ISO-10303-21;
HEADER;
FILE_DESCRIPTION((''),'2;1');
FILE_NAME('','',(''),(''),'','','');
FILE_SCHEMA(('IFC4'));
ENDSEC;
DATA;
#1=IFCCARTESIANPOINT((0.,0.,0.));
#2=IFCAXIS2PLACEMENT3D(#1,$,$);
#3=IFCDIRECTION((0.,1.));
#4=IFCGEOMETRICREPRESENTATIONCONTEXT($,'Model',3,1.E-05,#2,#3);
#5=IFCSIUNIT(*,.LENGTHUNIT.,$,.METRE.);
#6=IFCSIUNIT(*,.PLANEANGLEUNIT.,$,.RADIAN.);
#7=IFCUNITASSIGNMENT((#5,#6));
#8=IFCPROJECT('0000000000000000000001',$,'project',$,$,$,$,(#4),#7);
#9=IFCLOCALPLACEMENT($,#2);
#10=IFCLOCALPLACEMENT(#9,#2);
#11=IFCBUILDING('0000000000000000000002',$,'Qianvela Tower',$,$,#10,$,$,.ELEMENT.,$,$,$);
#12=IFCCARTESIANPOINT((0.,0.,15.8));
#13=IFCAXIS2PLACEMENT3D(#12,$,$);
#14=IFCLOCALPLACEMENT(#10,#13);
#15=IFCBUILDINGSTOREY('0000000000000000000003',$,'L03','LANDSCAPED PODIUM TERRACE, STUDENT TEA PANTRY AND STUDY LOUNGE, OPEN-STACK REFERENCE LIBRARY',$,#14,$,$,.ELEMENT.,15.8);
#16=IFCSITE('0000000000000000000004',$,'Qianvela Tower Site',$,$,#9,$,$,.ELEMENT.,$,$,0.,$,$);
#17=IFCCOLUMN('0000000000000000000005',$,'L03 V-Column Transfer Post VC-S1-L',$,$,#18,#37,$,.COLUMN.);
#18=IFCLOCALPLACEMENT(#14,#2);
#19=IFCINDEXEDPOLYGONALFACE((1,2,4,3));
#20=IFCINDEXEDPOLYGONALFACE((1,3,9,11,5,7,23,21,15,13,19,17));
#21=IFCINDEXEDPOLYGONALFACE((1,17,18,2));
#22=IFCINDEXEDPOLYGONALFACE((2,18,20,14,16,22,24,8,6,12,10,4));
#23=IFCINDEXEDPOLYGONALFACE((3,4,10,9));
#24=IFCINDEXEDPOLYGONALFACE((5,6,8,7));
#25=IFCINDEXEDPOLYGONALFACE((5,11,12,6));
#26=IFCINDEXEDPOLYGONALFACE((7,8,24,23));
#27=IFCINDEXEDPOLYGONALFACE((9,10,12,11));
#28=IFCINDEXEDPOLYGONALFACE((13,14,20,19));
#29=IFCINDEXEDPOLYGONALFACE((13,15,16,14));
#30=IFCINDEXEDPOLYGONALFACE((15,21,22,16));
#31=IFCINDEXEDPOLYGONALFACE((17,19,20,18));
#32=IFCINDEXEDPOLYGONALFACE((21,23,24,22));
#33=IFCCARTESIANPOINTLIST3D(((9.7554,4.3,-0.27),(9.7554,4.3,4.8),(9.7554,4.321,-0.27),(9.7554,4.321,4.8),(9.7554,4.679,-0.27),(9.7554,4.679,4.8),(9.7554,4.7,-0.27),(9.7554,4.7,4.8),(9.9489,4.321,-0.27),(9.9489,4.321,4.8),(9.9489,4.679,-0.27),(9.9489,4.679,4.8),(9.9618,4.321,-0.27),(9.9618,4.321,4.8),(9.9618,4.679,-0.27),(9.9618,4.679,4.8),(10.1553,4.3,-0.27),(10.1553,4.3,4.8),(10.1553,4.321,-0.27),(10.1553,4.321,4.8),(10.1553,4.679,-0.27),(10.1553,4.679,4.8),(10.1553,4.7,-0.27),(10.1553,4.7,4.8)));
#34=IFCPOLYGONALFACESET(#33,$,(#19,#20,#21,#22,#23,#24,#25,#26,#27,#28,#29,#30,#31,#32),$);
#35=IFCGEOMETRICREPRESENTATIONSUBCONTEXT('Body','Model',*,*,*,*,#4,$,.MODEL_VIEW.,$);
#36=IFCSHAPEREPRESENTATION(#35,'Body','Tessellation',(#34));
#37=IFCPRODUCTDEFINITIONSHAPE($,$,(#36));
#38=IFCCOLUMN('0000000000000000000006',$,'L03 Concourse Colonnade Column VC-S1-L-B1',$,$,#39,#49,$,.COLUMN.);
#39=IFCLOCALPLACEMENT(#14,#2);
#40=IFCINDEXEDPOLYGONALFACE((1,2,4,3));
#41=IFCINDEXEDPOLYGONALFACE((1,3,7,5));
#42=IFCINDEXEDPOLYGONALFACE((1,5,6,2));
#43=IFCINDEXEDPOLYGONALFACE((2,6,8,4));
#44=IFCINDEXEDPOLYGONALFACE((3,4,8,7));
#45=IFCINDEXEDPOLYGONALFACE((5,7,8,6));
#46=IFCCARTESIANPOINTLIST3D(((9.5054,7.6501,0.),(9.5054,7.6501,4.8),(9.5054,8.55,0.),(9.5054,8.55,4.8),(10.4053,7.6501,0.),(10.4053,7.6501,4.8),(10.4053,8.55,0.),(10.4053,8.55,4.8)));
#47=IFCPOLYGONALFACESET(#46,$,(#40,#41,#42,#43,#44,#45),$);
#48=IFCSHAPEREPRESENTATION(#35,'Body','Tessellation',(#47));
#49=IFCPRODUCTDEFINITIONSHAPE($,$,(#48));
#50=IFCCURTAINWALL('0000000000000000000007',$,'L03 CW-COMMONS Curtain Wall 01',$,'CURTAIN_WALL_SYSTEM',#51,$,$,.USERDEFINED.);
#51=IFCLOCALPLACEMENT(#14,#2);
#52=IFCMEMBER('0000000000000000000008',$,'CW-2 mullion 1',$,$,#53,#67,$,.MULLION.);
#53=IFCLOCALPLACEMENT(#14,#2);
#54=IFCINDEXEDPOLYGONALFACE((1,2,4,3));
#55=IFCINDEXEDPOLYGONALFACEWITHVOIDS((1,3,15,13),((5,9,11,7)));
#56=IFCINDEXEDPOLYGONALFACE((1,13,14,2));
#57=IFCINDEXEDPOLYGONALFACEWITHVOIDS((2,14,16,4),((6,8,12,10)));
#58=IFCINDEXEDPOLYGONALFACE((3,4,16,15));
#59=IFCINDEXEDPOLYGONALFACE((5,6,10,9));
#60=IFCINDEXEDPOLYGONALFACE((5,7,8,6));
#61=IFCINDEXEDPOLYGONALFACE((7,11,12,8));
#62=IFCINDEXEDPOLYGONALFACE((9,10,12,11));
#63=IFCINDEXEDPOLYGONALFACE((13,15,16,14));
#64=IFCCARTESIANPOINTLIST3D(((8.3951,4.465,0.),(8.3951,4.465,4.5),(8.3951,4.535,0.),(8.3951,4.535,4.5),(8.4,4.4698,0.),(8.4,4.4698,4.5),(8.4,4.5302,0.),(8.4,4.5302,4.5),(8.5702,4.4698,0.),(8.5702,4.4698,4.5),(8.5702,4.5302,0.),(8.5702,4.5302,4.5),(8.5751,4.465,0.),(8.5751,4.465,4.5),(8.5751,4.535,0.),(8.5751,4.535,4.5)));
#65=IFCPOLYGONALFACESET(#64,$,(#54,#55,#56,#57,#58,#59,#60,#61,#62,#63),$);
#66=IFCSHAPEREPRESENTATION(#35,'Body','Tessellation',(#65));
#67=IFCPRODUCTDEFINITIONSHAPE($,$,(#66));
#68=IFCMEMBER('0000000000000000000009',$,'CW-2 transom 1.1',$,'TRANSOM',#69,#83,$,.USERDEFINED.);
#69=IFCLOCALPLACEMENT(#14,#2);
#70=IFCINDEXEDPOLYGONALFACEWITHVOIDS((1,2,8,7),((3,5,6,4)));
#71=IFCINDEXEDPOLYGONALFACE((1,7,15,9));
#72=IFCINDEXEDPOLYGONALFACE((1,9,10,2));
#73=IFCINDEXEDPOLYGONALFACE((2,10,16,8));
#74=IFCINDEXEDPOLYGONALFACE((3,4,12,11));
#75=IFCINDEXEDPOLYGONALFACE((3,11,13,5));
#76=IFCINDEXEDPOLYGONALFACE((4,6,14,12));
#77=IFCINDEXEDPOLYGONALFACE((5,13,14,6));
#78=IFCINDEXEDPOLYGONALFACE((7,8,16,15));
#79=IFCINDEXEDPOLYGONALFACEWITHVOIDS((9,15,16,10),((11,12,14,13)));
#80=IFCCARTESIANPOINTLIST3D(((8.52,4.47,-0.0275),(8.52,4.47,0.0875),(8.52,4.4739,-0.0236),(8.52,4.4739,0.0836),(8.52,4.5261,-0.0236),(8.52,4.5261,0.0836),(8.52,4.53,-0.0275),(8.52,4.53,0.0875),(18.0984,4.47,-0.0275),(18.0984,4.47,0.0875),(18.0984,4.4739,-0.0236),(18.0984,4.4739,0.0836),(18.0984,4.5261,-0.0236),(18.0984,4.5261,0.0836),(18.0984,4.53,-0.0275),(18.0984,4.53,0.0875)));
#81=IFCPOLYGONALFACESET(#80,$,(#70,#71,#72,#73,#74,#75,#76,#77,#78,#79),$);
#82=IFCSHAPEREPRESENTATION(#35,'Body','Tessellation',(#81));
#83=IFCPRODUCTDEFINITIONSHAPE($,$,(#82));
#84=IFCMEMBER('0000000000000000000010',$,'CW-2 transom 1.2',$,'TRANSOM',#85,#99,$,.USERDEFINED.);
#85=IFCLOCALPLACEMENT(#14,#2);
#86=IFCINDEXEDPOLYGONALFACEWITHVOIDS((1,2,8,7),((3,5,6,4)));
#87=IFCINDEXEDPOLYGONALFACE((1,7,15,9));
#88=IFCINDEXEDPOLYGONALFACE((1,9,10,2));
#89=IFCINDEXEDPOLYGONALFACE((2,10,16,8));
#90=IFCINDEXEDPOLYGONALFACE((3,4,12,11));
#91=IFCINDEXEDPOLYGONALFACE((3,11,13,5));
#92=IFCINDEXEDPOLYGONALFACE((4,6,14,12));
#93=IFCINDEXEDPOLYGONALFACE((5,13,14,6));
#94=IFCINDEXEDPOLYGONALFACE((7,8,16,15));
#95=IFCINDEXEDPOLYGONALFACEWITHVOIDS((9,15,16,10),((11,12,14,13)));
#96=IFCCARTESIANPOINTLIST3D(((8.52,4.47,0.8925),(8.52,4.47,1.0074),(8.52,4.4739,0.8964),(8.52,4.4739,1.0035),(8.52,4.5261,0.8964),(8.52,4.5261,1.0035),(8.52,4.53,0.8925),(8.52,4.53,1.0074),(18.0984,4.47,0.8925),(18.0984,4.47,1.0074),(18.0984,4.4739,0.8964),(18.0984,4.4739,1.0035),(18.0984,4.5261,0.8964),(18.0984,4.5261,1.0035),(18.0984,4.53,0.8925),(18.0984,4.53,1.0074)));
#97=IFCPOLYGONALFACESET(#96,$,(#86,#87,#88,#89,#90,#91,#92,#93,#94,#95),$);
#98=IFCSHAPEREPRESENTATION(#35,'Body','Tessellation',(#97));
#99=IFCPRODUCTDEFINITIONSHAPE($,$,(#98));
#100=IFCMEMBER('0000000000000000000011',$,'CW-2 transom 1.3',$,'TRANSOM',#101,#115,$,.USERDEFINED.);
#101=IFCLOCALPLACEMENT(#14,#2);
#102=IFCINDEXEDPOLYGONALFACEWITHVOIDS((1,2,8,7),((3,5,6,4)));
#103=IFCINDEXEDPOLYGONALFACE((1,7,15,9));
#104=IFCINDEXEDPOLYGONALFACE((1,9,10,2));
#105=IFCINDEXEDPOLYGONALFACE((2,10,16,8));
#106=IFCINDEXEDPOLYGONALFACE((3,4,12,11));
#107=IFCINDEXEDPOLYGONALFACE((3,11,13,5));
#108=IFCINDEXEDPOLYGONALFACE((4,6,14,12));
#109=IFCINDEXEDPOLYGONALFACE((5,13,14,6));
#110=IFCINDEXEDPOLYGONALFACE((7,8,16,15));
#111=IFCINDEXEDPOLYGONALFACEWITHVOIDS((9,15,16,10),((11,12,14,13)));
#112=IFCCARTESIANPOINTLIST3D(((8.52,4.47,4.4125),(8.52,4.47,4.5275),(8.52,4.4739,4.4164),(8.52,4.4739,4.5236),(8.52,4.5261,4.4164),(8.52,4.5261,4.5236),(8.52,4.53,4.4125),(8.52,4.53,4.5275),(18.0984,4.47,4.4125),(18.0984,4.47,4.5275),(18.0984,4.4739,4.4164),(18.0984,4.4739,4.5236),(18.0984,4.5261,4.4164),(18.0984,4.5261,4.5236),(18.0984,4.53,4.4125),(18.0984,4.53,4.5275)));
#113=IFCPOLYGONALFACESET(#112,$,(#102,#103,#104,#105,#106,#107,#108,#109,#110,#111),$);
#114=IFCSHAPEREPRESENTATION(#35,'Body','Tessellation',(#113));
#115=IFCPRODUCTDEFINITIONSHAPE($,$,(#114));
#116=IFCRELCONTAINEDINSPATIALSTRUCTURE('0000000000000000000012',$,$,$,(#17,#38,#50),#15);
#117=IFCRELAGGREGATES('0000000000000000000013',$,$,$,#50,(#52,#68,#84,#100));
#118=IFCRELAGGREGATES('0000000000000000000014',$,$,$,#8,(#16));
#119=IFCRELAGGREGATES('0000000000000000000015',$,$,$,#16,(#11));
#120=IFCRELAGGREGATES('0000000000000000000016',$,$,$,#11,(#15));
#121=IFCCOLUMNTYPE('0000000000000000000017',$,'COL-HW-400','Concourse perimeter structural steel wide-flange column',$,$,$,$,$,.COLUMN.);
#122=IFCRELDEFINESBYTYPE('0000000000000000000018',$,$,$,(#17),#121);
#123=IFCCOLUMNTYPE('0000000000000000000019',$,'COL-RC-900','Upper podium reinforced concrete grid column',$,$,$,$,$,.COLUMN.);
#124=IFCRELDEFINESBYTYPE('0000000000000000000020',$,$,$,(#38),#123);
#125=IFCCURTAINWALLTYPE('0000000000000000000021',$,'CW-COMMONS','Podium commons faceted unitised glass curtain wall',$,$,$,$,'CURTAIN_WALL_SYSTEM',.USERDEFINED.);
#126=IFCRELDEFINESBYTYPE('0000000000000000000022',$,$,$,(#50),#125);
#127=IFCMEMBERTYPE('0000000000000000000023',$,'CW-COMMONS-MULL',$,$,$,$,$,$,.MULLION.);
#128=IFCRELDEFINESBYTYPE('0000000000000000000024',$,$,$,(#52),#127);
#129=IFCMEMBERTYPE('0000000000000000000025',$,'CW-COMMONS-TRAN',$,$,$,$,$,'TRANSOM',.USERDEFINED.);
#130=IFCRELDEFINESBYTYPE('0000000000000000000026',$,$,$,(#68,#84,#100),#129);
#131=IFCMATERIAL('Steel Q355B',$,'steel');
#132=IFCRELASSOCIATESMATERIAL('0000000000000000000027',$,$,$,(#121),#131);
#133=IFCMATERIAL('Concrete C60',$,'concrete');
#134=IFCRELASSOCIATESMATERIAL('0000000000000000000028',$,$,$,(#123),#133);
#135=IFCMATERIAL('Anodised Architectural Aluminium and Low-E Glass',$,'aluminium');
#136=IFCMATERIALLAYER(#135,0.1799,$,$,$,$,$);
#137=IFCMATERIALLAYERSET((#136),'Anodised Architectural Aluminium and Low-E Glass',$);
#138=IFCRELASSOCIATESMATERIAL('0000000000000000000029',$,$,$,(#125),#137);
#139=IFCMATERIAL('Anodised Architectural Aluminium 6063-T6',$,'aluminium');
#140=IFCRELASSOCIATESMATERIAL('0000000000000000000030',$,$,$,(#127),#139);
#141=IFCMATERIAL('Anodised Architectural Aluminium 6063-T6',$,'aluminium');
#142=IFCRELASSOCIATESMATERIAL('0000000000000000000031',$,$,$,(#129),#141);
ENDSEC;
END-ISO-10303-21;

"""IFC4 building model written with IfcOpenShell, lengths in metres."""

from ifc_helpers import new_model, si_unit, direction, frame, origin, origin_2d, place, context, subcontext, project, spatial, rectangle, hollow_rectangle, i_section, extrude, material, layer, layer_set, material_profile, profile_set, type_object, element, aggregate, save


model = new_model("IFC4")

# Units and contexts
model_context = context("Model", 3, precision=1e-05, world=origin(), true_north=direction((0.0, 1.0)))
body_context = subcontext(model_context, "Body", "Model", "MODEL_VIEW")
ifc_project = project(units=[si_unit("LENGTHUNIT", "METRE"), si_unit("PLANEANGLEUNIT", "RADIAN")], contexts=[model_context])

# Site, building, storey
site_placement = place(None, origin())
site = spatial("IfcSite", under=ifc_project, at=site_placement, Name="Qianvela Tower Site", CompositionType="ELEMENT", RefElevation=0.0)
building_placement = place(site_placement, origin())
building = spatial("IfcBuilding", under=site, at=building_placement, Name="Qianvela Tower", CompositionType="ELEMENT")
storey_placement = place(building_placement, frame((0.0, 0.0, 15.8)))
storey = spatial("IfcBuildingStorey", under=building, at=storey_placement, Name="L03", Description="LANDSCAPED PODIUM TERRACE, STUDENT TEA PANTRY AND STUDY LOUNGE, OPEN-STACK REFERENCE LIBRARY", CompositionType="ELEMENT", Elevation=15.8)

# Columns
ifc_material_1 = material(Name="Steel Q355B", Category="steel")
ifc_material_profile_1 = material_profile(ifc_material_1, i_section(OverallWidth=0.3999, OverallDepth=0.3999, WebThickness=0.0129, FlangeThickness=0.021, at=origin_2d()), Name="HW400x400x13x21")
ifc_profile_set_1 = profile_set([ifc_material_profile_1], Name="Steel Q355B")
column_type_1 = type_object("IfcColumnType", Name="COL-HW-400", Description="Concourse perimeter structural steel wide-flange column", PredefinedType="COLUMN", material=ifc_profile_set_1)
column_1_placement = place(storey_placement, frame((9.9553, 4.5, -0.27), z_axis=(0.0, 0.0, 1.0), x_axis=(1.0, 0.0, 0.0)))
element("IfcColumn", 1, at=column_1_placement, inside=storey, type_object=column_type_1, Name="L03 V-Column Transfer Post VC-S1-L", PredefinedType="COLUMN", context=body_context, shape_type="SweptSolid", body=[
    extrude(i_section(OverallWidth=0.3999, OverallDepth=0.3999, WebThickness=0.0129, FlangeThickness=0.021, at=origin_2d()), origin(), (0.0, 0.0, 1.0), 5.0701),
])
ifc_material_2 = material(Name="Concrete C60", Category="concrete")
ifc_material_profile_2 = material_profile(ifc_material_2, rectangle(XDim=0.8999, YDim=0.8999, at=origin_2d()), Name="RC-COL-900x900")
ifc_profile_set_2 = profile_set([ifc_material_profile_2], Name="Concrete C60")
column_type_2 = type_object("IfcColumnType", Name="COL-RC-900", Description="Upper podium reinforced concrete grid column", PredefinedType="COLUMN", material=ifc_profile_set_2)
column_2_placement = place(storey_placement, frame((9.9553, 8.1001, 0.0), z_axis=(0.0, 0.0, 1.0), x_axis=(1.0, 0.0, 0.0)))
element("IfcColumn", 2, at=column_2_placement, inside=storey, type_object=column_type_2, Name="L03 Concourse Colonnade Column VC-S1-L-B1", PredefinedType="COLUMN", context=body_context, shape_type="SweptSolid", body=[
    extrude(rectangle(XDim=0.8999, YDim=0.8999, at=origin_2d()), origin(), (0.0, 0.0, 1.0), 4.8),
])

# Curtain wall, members
ifc_material_3 = material(Name="Anodised Architectural Aluminium and Low-E Glass", Category="aluminium")
ifc_layer_1 = layer(ifc_material_3, 0.1799)
ifc_layer_set_1 = layer_set([ifc_layer_1], Name="Anodised Architectural Aluminium and Low-E Glass")
curtain_wall_type = type_object("IfcCurtainWallType", Name="CW-COMMONS", Description="Podium commons faceted unitised glass curtain wall", ElementType="CURTAIN_WALL_SYSTEM", PredefinedType="USERDEFINED", material=ifc_layer_set_1)
curtain_wall_placement = place(storey_placement, origin())
curtain_wall = element("IfcCurtainWall", 3, at=curtain_wall_placement, inside=storey, type_object=curtain_wall_type, Name="L03 CW-COMMONS Curtain Wall 01", ObjectType="CURTAIN_WALL_SYSTEM", PredefinedType="USERDEFINED")
ifc_material_4 = material(Name="Anodised Architectural Aluminium 6063-T6", Category="aluminium")
ifc_material_profile_3 = material_profile(ifc_material_4, hollow_rectangle(XDim=0.0701, YDim=0.1799, WallThickness=0.0049, at=origin_2d()), Name="ALU-MULL-70x180")
ifc_profile_set_3 = profile_set([ifc_material_profile_3], Name="Anodised Architectural Aluminium 6063-T6")
member_type_1 = type_object("IfcMemberType", Name="CW-COMMONS-MULL", PredefinedType="MULLION", material=ifc_profile_set_3)
member_1_placement = place(storey_placement, frame((8.4851, 4.5, 0.0), z_axis=(0.0, 0.0, 1.0), x_axis=(0.0, 1.0, 0.0)))
member_1 = element("IfcMember", 4, at=member_1_placement, type_object=member_type_1, Name="CW-2 mullion 1", PredefinedType="MULLION", context=body_context, shape_type="SweptSolid", body=[
    extrude(hollow_rectangle(XDim=0.0701, YDim=0.1799, WallThickness=0.0049, at=origin_2d()), origin(), (0.0, 0.0, 1.0), 4.5),
])
ifc_material_5 = material(Name="Anodised Architectural Aluminium 6063-T6", Category="aluminium")
ifc_material_profile_4 = material_profile(ifc_material_5, hollow_rectangle(XDim=0.0601, YDim=0.115, WallThickness=0.0039, at=origin_2d()), Name="ALU-TRAN-60x115")
ifc_profile_set_4 = profile_set([ifc_material_profile_4], Name="Anodised Architectural Aluminium 6063-T6")
member_type_2 = type_object("IfcMemberType", Name="CW-COMMONS-TRAN", ElementType="TRANSOM", PredefinedType="USERDEFINED", material=ifc_profile_set_4)
member_2_placement = place(storey_placement, frame((8.52, 4.5, 0.03), z_axis=(1.0, 0.0, 0.0), x_axis=(0.0, 1.0, 0.0)))
member_2 = element("IfcMember", 5, at=member_2_placement, type_object=member_type_2, Name="CW-2 transom 1.1", ObjectType="TRANSOM", PredefinedType="USERDEFINED", context=body_context, shape_type="SweptSolid", body=[
    extrude(hollow_rectangle(XDim=0.0601, YDim=0.115, WallThickness=0.0039, at=origin_2d()), origin(), (0.0, 0.0, 1.0), 9.5784),
])
member_3_placement = place(storey_placement, frame((8.52, 4.5, 0.95), z_axis=(1.0, 0.0, 0.0), x_axis=(0.0, 1.0, 0.0)))
member_3 = element("IfcMember", 6, at=member_3_placement, type_object=member_type_2, Name="CW-2 transom 1.2", ObjectType="TRANSOM", PredefinedType="USERDEFINED", context=body_context, shape_type="SweptSolid", body=[
    extrude(hollow_rectangle(XDim=0.0601, YDim=0.115, WallThickness=0.0039, at=origin_2d()), origin(), (0.0, 0.0, 1.0), 9.5784),
])
member_4_placement = place(storey_placement, frame((8.52, 4.5, 4.47), z_axis=(1.0, 0.0, 0.0), x_axis=(0.0, 1.0, 0.0)))
member_4 = element("IfcMember", 7, at=member_4_placement, type_object=member_type_2, Name="CW-2 transom 1.3", ObjectType="TRANSOM", PredefinedType="USERDEFINED", context=body_context, shape_type="SweptSolid", body=[
    extrude(hollow_rectangle(XDim=0.0601, YDim=0.115, WallThickness=0.0039, at=origin_2d()), origin(), (0.0, 0.0, 1.0), 9.5784),
])
aggregate(curtain_wall, [member_1, member_2, member_3, member_4])

save(model, "model.ifc")
